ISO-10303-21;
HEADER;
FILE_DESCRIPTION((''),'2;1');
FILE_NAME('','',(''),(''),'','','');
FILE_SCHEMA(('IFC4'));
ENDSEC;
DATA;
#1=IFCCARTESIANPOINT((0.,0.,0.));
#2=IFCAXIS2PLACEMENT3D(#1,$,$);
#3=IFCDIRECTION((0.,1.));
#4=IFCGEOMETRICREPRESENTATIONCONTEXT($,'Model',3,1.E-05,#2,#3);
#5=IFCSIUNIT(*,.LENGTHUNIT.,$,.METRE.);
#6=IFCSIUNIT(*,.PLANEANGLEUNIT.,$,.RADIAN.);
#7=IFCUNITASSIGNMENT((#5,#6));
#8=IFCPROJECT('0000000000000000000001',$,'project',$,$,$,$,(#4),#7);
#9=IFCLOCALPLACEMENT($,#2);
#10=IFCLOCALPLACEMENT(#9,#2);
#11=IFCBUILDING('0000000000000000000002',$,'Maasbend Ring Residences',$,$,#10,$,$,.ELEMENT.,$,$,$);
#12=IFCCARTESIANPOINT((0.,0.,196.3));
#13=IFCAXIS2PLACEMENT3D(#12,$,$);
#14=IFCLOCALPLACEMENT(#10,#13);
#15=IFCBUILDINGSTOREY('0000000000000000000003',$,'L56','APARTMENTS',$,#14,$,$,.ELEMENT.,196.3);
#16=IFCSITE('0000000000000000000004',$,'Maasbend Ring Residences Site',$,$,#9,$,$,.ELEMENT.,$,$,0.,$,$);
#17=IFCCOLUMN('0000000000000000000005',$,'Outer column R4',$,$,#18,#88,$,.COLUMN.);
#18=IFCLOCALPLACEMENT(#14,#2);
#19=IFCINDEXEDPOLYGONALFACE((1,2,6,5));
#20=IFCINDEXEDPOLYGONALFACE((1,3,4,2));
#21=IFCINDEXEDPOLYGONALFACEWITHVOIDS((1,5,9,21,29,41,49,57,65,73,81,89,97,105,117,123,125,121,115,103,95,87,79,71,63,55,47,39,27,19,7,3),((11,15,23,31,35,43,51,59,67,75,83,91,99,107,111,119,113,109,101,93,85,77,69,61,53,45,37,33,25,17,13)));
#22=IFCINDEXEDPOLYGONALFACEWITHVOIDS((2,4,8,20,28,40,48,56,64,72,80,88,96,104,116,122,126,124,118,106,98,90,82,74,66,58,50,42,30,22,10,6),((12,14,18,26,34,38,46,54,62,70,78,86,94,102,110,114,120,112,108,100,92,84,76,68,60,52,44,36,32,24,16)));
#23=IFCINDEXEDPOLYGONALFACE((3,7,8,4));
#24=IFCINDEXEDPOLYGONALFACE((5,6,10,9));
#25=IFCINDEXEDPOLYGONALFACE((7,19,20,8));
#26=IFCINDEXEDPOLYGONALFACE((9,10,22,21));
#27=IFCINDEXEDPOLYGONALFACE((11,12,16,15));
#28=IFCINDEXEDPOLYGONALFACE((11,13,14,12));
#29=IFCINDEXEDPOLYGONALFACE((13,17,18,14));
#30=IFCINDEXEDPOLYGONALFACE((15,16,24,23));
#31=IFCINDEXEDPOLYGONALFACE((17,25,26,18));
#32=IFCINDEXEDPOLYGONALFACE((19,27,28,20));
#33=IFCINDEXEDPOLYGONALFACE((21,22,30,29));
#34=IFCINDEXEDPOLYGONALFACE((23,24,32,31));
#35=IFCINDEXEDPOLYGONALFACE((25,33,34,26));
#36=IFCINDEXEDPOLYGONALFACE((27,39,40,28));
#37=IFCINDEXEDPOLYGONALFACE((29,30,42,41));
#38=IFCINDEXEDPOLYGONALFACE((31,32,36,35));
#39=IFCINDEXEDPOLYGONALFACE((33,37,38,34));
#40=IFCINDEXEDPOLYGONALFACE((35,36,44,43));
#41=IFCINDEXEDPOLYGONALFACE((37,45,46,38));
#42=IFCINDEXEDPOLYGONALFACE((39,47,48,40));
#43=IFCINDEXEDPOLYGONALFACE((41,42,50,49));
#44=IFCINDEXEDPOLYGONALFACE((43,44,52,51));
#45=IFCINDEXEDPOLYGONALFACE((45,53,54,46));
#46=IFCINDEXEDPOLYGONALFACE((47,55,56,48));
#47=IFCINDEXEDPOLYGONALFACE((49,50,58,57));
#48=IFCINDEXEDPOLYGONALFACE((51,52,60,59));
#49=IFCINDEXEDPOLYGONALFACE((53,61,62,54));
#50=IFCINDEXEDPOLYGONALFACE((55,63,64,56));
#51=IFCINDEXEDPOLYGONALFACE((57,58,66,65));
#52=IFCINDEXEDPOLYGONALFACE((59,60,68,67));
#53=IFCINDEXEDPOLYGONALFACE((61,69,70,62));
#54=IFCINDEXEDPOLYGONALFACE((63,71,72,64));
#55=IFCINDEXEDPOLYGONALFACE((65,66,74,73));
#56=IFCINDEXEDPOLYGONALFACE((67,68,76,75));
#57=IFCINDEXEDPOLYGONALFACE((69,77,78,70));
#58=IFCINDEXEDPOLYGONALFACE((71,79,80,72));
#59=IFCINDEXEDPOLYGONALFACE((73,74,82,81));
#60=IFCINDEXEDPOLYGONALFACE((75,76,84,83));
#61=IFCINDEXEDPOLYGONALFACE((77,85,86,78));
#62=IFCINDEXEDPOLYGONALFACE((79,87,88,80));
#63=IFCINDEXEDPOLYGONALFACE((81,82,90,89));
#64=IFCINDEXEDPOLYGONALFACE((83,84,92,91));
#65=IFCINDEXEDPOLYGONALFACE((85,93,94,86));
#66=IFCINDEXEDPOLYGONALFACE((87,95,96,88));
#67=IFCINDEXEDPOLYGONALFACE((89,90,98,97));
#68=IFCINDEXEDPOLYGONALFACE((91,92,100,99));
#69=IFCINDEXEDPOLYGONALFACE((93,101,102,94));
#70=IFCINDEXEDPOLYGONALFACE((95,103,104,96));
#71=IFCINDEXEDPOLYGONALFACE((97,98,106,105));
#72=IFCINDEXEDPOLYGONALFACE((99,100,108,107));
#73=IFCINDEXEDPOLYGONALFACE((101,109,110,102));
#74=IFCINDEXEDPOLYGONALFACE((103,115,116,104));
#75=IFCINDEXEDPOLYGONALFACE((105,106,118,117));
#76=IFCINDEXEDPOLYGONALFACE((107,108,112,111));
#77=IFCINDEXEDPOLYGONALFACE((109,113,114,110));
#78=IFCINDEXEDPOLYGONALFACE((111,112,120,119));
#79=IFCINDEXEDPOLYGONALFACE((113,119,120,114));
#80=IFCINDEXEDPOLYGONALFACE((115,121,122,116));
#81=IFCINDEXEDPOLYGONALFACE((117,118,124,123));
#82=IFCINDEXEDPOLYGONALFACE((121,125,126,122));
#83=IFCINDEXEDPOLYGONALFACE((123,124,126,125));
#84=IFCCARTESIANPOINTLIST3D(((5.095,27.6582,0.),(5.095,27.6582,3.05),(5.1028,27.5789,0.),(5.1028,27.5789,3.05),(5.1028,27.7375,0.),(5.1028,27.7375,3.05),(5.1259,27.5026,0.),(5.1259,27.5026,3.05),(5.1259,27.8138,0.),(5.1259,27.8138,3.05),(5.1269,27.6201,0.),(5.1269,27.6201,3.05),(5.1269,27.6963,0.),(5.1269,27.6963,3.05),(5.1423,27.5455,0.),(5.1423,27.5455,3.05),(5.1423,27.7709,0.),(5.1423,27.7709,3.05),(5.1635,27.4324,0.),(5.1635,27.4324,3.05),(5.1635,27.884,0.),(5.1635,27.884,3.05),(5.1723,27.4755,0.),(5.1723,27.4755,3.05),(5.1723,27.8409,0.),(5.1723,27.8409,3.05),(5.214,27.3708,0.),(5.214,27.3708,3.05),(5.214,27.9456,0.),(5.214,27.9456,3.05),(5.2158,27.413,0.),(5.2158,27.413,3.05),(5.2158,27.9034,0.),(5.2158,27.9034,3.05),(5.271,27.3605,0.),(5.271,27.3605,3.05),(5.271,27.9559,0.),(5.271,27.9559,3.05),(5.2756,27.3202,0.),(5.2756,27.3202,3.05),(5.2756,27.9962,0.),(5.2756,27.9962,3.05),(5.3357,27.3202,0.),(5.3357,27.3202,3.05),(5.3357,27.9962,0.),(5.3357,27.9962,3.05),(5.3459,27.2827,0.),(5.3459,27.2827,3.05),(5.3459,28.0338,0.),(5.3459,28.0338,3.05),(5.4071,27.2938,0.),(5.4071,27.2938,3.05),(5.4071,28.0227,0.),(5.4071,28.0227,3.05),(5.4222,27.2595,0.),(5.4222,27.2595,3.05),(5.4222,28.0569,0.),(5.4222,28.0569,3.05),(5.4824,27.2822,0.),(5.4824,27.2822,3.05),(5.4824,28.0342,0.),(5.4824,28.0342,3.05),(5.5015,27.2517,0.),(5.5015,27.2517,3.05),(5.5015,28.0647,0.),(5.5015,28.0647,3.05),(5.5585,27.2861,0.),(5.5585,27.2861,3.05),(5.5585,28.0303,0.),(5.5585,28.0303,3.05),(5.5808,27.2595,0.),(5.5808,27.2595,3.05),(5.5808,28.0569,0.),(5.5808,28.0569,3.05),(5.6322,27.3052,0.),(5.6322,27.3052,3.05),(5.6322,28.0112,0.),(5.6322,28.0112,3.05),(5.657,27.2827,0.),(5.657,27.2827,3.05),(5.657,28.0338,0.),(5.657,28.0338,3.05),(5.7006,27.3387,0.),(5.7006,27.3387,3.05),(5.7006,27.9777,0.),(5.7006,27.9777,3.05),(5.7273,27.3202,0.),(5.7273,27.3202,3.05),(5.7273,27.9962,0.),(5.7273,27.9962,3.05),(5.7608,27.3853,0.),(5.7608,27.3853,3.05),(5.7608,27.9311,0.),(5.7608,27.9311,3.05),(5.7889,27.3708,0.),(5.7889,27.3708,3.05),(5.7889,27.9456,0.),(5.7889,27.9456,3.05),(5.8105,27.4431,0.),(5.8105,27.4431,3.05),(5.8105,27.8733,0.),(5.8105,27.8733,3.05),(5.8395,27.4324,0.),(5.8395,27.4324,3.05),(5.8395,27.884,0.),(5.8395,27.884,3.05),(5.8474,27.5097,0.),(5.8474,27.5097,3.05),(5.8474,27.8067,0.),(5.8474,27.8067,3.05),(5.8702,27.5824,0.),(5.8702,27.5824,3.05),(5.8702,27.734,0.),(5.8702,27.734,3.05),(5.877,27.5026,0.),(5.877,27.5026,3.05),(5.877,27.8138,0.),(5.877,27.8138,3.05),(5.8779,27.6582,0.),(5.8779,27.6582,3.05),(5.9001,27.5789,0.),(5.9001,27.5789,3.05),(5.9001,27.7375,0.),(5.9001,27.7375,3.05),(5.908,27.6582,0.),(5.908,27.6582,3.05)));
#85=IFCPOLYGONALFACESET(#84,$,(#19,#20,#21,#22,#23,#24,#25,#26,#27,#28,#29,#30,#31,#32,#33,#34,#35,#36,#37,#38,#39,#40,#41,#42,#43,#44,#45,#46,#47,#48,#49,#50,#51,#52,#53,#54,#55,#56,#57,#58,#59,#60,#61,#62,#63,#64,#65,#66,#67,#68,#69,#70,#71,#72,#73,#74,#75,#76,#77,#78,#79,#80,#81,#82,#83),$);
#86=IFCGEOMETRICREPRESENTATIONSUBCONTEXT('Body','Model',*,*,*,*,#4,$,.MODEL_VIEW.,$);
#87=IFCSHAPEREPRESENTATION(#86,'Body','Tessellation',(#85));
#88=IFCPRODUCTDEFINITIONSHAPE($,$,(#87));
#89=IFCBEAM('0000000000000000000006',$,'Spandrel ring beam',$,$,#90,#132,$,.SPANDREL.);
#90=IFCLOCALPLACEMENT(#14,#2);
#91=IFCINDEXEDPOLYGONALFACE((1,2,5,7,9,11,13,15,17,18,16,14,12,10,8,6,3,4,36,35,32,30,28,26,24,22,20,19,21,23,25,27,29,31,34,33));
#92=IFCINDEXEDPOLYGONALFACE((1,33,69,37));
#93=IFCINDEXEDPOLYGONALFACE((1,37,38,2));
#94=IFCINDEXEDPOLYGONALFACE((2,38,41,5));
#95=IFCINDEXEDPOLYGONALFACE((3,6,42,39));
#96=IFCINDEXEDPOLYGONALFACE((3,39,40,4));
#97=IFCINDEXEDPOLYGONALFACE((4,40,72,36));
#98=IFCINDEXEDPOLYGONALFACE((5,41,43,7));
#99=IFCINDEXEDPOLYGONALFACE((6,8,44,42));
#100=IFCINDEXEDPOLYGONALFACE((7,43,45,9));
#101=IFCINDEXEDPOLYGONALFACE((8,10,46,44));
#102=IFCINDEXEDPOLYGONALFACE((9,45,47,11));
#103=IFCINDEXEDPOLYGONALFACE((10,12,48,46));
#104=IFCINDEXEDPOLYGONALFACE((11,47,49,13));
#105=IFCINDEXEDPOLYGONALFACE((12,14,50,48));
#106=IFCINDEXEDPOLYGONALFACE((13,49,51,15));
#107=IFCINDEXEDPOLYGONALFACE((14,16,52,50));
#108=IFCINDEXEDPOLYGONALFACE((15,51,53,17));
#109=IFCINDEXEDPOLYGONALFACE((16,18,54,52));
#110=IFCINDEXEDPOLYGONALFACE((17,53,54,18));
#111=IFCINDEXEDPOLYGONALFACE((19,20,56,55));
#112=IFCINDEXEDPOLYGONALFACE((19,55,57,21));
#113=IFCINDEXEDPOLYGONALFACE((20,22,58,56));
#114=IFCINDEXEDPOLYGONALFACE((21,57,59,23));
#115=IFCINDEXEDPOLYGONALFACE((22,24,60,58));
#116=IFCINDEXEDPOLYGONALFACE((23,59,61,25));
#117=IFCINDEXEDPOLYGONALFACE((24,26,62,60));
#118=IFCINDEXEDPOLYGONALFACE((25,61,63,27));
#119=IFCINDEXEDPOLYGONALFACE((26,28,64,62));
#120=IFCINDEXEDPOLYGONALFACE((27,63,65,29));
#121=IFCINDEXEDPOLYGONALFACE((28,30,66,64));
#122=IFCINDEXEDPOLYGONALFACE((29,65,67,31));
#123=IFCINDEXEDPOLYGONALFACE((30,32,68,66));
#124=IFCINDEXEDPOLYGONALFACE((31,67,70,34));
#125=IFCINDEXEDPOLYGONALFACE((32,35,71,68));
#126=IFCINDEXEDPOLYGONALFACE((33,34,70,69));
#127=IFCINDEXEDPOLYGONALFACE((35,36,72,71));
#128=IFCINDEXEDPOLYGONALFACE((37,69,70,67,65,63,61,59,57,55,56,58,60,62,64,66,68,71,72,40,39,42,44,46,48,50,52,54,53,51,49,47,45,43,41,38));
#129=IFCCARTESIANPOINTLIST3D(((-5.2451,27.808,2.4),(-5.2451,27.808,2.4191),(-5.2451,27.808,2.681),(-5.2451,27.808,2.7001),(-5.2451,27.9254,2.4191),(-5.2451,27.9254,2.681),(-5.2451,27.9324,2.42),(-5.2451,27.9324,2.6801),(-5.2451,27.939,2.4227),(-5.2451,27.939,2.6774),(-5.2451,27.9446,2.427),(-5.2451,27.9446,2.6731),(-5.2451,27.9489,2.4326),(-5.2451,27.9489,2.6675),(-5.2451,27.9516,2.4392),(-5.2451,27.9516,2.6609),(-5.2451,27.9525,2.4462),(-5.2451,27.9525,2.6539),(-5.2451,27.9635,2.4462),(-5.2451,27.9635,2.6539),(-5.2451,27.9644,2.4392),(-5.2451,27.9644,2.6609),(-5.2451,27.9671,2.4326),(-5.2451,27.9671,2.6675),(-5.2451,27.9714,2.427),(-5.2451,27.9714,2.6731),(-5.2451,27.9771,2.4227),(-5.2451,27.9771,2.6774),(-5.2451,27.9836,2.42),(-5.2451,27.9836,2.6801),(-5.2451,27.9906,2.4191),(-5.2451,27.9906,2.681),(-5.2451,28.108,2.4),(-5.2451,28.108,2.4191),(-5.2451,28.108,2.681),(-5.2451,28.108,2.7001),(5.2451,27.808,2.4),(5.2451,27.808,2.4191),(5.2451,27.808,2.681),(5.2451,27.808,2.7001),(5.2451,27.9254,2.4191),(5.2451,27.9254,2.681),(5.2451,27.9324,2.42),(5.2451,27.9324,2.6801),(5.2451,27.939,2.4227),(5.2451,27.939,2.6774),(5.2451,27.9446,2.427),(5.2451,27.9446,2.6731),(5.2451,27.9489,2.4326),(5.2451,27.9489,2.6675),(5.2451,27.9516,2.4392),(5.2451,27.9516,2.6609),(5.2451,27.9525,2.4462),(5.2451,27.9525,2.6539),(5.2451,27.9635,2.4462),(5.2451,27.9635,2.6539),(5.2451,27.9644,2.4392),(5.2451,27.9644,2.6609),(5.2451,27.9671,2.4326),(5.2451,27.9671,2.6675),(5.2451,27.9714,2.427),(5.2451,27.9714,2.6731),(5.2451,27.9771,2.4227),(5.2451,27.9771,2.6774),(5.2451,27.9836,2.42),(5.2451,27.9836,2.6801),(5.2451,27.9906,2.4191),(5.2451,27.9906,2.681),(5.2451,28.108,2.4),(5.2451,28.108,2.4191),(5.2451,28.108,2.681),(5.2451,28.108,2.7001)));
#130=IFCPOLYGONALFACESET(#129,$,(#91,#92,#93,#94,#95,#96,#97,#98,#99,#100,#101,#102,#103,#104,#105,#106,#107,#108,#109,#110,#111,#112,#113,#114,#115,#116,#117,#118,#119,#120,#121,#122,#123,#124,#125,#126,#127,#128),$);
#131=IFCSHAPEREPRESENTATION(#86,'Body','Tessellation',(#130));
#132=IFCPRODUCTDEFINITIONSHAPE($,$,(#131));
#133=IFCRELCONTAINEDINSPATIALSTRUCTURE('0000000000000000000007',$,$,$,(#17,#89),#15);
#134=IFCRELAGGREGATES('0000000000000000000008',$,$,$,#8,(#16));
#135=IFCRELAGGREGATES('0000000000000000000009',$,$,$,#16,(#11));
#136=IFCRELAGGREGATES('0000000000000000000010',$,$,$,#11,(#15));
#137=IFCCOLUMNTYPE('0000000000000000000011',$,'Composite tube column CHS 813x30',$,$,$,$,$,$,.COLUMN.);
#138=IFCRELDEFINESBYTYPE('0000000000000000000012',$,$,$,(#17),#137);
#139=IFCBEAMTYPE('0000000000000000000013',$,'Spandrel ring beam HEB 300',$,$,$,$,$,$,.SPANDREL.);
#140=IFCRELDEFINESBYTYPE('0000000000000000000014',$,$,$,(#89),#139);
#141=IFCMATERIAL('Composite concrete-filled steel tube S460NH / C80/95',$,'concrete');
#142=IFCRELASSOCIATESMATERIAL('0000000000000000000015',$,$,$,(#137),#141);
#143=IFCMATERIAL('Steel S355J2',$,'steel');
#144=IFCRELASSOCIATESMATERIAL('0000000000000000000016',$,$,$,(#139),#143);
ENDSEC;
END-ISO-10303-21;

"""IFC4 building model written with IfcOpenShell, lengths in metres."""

from ifc_helpers import new_model, si_unit, direction, frame, origin, origin_2d, place, context, subcontext, project, spatial, hollow_circle, i_section, extrude, material, material_profile, profile_set, type_object, element, save


model = new_model("IFC4")

# Units and contexts
model_context = context("Model", 3, precision=1e-05, world=origin(), true_north=direction((0.0, 1.0)))
body_context = subcontext(model_context, "Body", "Model", "MODEL_VIEW")
ifc_project = project(units=[si_unit("LENGTHUNIT", "METRE"), si_unit("PLANEANGLEUNIT", "RADIAN")], contexts=[model_context])

# Site, building, storey
site_placement = place(None, origin())
site = spatial("IfcSite", under=ifc_project, at=site_placement, Name="Maasbend Ring Residences Site", CompositionType="ELEMENT", RefElevation=0.0)
building_placement = place(site_placement, origin())
building = spatial("IfcBuilding", under=site, at=building_placement, Name="Maasbend Ring Residences", CompositionType="ELEMENT")
storey_placement = place(building_placement, frame((0.0, 0.0, 196.3)))
storey = spatial("IfcBuildingStorey", under=building, at=storey_placement, Name="L56", Description="APARTMENTS", CompositionType="ELEMENT", Elevation=196.3)

# Column
ifc_material_1 = material(Name="Composite concrete-filled steel tube S460NH / C80/95", Category="concrete")
ifc_material_profile_1 = material_profile(ifc_material_1, hollow_circle(Radius=0.4065, WallThickness=0.03, at=origin_2d()), Name="Composite tube column CHS 813x30")
ifc_profile_set_1 = profile_set([ifc_material_profile_1], Name="Composite concrete-filled steel tube S460NH / C80/95")
column_type = type_object("IfcColumnType", Name="Composite tube column CHS 813x30", PredefinedType="COLUMN", material=ifc_profile_set_1)
column_placement = place(storey_placement, frame((5.5015, 27.6582, 0.0), z_axis=(0.0, 0.0, 1.0), x_axis=(1.0, 0.0, 0.0)))
element("IfcColumn", 1, at=column_placement, inside=storey, type_object=column_type, Name="Outer column R4", PredefinedType="COLUMN", context=body_context, shape_type="SweptSolid", body=[
    extrude(hollow_circle(Radius=0.4065, WallThickness=0.03, at=origin_2d()), origin(), (0.0, 0.0, 1.0), 3.05),
])

# Beam
ifc_material_2 = material(Name="Steel S355J2", Category="steel")
ifc_material_profile_2 = material_profile(ifc_material_2, i_section(OverallWidth=0.3, OverallDepth=0.3, WebThickness=0.011, FlangeThickness=0.019, FilletRadius=0.0271, at=origin_2d()), Name="HEB 300")
ifc_profile_set_2 = profile_set([ifc_material_profile_2], Name="Steel S355J2")
beam_type = type_object("IfcBeamType", Name="Spandrel ring beam HEB 300", PredefinedType="SPANDREL", material=ifc_profile_set_2)
beam_placement = place(storey_placement, frame((5.2451, 27.958, 2.55), z_axis=(-1.0, 0.0, 0.0), x_axis=(0.0, -1.0, 0.0)))
element("IfcBeam", 2, at=beam_placement, inside=storey, type_object=beam_type, Name="Spandrel ring beam", PredefinedType="SPANDREL", context=body_context, shape_type="SweptSolid", body=[
    extrude(i_section(OverallWidth=0.3, OverallDepth=0.3, WebThickness=0.011, FlangeThickness=0.019, FilletRadius=0.0271, at=origin_2d()), origin(), (0.0, 0.0, 1.0), 10.4902),
])

save(model, "model.ifc")
